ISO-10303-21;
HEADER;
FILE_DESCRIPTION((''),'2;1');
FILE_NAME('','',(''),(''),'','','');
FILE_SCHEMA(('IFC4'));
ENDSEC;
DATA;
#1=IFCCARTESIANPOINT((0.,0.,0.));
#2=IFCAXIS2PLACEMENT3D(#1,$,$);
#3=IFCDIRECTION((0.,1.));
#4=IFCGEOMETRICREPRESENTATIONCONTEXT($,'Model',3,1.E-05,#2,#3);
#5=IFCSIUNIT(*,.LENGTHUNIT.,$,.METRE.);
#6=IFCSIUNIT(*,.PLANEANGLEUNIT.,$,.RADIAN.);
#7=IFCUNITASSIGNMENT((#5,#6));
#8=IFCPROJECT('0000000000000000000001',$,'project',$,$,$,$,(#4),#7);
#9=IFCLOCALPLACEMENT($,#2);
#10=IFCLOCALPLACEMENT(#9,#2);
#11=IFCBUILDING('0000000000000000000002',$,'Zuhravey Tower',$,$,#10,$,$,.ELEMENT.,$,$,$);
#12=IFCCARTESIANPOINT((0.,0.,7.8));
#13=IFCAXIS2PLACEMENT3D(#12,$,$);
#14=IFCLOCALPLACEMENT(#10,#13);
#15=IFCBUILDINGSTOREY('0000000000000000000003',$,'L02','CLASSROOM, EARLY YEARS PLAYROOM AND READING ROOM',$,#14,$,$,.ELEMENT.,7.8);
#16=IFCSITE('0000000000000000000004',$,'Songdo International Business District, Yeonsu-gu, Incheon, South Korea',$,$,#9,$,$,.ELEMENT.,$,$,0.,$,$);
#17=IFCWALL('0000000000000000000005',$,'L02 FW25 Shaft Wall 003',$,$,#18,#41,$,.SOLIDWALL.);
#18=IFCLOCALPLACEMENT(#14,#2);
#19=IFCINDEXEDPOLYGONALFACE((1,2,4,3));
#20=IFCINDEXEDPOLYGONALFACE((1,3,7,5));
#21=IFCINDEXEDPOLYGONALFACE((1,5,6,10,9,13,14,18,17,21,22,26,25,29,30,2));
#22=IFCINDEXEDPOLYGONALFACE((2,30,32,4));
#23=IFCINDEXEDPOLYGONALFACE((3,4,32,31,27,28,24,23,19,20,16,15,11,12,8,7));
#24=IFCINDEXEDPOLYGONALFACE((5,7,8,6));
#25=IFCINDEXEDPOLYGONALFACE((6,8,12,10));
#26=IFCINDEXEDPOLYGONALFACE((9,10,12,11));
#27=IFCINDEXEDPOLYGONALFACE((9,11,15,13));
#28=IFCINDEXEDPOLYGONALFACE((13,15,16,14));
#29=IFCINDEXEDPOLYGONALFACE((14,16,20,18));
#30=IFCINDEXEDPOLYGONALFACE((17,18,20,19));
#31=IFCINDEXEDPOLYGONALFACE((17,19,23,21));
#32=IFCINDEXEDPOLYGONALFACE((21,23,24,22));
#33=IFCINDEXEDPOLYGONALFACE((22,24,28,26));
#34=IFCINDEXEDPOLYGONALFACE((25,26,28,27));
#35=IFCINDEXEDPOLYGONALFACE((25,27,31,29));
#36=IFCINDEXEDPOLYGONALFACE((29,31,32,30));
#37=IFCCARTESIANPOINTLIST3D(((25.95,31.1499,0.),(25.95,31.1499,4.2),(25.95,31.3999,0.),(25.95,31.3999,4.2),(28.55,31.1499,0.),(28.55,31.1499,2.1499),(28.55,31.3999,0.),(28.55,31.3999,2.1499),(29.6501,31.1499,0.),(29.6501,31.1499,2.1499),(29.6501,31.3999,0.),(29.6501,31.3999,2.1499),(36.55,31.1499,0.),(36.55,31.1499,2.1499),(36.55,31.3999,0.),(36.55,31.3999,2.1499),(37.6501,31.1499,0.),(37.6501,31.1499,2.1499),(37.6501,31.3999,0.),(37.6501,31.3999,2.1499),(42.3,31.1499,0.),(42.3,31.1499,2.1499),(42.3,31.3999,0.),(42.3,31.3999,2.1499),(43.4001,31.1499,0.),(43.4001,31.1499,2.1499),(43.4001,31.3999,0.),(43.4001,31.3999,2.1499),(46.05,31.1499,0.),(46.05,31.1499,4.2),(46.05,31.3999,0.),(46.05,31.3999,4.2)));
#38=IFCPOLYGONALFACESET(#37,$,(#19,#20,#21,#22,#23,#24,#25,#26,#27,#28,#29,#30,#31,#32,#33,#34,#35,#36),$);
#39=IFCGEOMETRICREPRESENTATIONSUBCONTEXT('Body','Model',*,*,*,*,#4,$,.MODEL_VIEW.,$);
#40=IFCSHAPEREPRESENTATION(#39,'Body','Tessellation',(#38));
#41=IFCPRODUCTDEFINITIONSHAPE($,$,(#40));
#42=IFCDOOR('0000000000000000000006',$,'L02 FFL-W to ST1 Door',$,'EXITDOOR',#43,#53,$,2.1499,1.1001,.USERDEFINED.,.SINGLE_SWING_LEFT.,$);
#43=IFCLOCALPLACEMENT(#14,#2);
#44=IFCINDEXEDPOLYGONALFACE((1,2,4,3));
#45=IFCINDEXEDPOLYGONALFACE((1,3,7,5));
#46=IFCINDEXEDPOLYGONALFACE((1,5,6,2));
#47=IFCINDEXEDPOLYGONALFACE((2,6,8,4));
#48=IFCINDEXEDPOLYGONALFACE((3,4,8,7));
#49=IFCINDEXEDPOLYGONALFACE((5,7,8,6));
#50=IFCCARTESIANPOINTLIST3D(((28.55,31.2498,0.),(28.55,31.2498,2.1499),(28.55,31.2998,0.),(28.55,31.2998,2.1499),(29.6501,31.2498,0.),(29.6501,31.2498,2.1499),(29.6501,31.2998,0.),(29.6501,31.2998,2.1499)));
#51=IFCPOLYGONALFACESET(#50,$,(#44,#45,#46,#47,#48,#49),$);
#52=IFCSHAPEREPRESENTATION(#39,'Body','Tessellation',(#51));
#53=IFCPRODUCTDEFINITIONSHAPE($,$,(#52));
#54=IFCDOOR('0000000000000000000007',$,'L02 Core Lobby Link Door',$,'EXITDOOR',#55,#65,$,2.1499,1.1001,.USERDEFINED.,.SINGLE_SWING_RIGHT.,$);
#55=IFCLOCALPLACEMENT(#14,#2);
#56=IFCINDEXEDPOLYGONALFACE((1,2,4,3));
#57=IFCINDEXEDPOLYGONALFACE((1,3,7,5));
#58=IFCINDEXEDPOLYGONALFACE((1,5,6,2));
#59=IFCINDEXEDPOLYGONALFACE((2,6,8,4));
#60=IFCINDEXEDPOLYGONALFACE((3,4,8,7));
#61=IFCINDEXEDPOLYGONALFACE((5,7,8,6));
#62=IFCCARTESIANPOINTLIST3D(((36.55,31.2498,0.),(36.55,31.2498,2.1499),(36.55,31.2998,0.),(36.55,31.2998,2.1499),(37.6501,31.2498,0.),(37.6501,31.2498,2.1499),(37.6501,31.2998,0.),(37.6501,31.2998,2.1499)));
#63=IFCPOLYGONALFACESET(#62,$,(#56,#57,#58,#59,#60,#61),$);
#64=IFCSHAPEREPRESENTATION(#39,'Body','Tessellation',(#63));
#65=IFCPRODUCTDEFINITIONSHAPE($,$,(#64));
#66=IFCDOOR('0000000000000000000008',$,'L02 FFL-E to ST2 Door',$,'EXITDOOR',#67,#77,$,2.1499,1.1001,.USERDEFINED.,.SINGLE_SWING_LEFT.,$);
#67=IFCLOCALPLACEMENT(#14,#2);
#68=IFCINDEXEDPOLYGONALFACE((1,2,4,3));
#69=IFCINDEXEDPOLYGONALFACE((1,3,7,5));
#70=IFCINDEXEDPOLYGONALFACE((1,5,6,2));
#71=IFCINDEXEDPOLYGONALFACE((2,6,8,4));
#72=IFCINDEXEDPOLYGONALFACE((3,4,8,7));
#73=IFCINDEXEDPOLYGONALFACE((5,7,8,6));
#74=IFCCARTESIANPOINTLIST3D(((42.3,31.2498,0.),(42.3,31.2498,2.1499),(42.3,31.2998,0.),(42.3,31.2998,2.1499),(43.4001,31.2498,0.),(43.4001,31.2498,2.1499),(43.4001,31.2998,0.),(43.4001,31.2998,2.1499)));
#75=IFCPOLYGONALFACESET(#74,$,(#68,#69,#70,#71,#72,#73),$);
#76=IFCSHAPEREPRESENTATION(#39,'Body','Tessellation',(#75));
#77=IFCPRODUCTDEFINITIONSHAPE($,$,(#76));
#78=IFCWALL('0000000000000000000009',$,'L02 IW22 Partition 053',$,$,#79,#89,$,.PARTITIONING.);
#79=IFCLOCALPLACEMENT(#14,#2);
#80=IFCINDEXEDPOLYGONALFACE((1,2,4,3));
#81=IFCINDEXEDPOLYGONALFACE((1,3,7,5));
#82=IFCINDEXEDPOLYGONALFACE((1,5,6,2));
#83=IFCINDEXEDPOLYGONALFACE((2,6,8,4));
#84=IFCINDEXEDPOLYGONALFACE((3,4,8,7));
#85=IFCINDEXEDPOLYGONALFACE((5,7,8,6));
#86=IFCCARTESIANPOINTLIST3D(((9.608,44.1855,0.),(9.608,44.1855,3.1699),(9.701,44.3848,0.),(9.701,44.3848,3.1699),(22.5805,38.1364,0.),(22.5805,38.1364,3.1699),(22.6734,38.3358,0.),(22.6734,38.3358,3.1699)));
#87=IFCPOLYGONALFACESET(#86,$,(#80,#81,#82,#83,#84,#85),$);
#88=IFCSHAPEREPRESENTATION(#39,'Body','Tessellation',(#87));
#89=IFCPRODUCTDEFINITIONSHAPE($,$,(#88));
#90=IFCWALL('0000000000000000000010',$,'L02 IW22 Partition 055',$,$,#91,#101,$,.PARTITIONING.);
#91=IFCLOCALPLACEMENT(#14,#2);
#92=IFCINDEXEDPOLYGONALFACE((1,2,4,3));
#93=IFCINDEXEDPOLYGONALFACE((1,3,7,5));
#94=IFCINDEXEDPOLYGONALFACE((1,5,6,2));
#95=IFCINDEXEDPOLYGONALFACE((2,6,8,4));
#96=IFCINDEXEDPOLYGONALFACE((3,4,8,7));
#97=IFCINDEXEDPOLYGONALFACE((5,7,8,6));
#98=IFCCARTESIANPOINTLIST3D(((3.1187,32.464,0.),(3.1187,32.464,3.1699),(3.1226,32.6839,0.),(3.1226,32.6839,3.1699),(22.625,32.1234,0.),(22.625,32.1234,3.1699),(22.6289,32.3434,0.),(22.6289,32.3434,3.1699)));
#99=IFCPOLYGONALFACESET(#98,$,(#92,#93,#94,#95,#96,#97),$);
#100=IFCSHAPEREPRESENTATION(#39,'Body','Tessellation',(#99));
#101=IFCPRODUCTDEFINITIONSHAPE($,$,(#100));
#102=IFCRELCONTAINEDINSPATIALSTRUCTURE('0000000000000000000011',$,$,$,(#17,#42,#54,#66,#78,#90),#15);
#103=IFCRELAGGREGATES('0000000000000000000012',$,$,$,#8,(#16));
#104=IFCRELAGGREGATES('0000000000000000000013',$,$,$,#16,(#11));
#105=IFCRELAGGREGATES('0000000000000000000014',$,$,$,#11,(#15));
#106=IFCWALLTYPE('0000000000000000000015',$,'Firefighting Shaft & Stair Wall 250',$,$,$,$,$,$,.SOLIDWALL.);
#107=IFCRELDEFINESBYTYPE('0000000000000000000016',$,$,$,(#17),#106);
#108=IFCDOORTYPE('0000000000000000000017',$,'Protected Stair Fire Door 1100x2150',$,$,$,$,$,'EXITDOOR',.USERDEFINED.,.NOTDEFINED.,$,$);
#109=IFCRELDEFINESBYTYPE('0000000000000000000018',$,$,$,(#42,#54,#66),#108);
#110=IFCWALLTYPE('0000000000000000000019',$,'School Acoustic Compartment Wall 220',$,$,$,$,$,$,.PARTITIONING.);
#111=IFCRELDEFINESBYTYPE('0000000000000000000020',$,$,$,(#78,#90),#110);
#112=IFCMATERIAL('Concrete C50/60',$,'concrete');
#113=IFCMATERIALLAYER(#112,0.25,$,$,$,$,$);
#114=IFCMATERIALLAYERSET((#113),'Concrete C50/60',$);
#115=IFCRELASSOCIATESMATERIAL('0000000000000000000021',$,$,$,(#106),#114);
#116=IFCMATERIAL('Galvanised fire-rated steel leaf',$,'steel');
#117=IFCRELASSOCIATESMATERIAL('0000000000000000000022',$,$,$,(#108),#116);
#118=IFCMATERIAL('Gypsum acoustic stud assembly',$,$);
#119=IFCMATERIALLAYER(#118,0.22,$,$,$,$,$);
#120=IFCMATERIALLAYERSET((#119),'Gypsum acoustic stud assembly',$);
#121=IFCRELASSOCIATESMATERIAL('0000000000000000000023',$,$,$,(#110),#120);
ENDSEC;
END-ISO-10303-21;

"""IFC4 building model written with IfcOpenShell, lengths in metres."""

from ifc_helpers import new_model, si_unit, direction, frame, frame_2d, origin, place, context, subcontext, project, spatial, rectangle, extrude, material, layer, layer_set, type_object, element, fill, save


model = new_model("IFC4")

# Units and contexts
model_context = context("Model", 3, precision=1e-05, world=origin(), true_north=direction((0.0, 1.0)))
body_context = subcontext(model_context, "Body", "Model", "MODEL_VIEW")
ifc_project = project(units=[si_unit("LENGTHUNIT", "METRE"), si_unit("PLANEANGLEUNIT", "RADIAN")], contexts=[model_context])

# Site, building, storey
site_placement = place(None, origin())
site = spatial("IfcSite", under=ifc_project, at=site_placement, Name="Songdo International Business District, Yeonsu-gu, Incheon, South Korea", CompositionType="ELEMENT", RefElevation=0.0)
building_placement = place(site_placement, origin())
building = spatial("IfcBuilding", under=site, at=building_placement, Name="Zuhravey Tower", CompositionType="ELEMENT")
storey_placement = place(building_placement, frame((0.0, 0.0, 7.8)))
storey = spatial("IfcBuildingStorey", under=building, at=storey_placement, Name="L02", Description="CLASSROOM, EARLY YEARS PLAYROOM AND READING ROOM", CompositionType="ELEMENT", Elevation=7.8)

# Wall, openings, doors
ifc_material_1 = material(Name="Concrete C50/60", Category="concrete")
ifc_layer_1 = layer(ifc_material_1, 0.25)
ifc_layer_set_1 = layer_set([ifc_layer_1], Name="Concrete C50/60")
wall_type_1 = type_object("IfcWallType", Name="Firefighting Shaft & Stair Wall 250", PredefinedType="SOLIDWALL", material=ifc_layer_set_1)
wall_1_placement = place(storey_placement, frame((25.95, 31.2749, 0.0), z_axis=(0.0, 0.0, 1.0), x_axis=(1.0, 0.0, 0.0)))
wall_1 = element("IfcWall", 1, at=wall_1_placement, inside=storey, type_object=wall_type_1, Name="L02 FW25 Shaft Wall 003", PredefinedType="SOLIDWALL", context=body_context, shape_type="SweptSolid", body=[
    extrude(rectangle(XDim=20.1001, YDim=0.25, at=frame_2d((10.05, 0.0))), origin(), (0.0, 0.0, 1.0), 4.2),
])
opening_1_placement = place(wall_1_placement, frame((2.6001, 0.0, 0.0)))
opening_1 = element("IfcOpeningElement", 2, at=opening_1_placement, cuts=wall_1, PredefinedType="OPENING", context=body_context, shape_type="SweptSolid", body=[
    extrude(rectangle(XDim=1.1001, YDim=2.1499, at=frame_2d((0.55, 1.075))), frame((0.0, 0.137, 0.0), z_axis=(0.0, -1.0, 0.0), x_axis=(1.0, 0.0, 0.0)), (0.0, 0.0, 1.0), 0.2739),
])
opening_2_placement = place(wall_1_placement, frame((10.6001, 0.0, 0.0)))
opening_2 = element("IfcOpeningElement", 3, at=opening_2_placement, cuts=wall_1, PredefinedType="OPENING", context=body_context, shape_type="SweptSolid", body=[
    extrude(rectangle(XDim=1.1001, YDim=2.1499, at=frame_2d((0.55, 1.075))), frame((0.0, 0.137, 0.0), z_axis=(0.0, -1.0, 0.0), x_axis=(1.0, 0.0, 0.0)), (0.0, 0.0, 1.0), 0.2739),
])
opening_3_placement = place(wall_1_placement, frame((16.3501, 0.0, 0.0)))
opening_3 = element("IfcOpeningElement", 4, at=opening_3_placement, cuts=wall_1, PredefinedType="OPENING", context=body_context, shape_type="SweptSolid", body=[
    extrude(rectangle(XDim=1.1001, YDim=2.1499, at=frame_2d((0.55, 1.075))), frame((0.0, 0.137, 0.0), z_axis=(0.0, -1.0, 0.0), x_axis=(1.0, 0.0, 0.0)), (0.0, 0.0, 1.0), 0.2739),
])
ifc_material_2 = material(Name="Galvanised fire-rated steel leaf", Category="steel")
door_type_1 = type_object("IfcDoorType", Name="Protected Stair Fire Door 1100x2150", ElementType="EXITDOOR", OperationType="NOTDEFINED", PredefinedType="USERDEFINED", material=ifc_material_2)
door_1_placement = place(opening_1_placement, origin())
door_1 = element("IfcDoor", 5, at=door_1_placement, inside=storey, type_object=door_type_1, Name="L02 FFL-W to ST1 Door", ObjectType="EXITDOOR", OperationType="SINGLE_SWING_LEFT", OverallHeight=2.1499, OverallWidth=1.1001, PredefinedType="USERDEFINED", context=body_context, shape_type="SweptSolid", body=[
    extrude(rectangle(XDim=1.1001, YDim=2.1499, at=frame_2d((0.55, 1.075))), frame((0.0, 0.0249, 0.0), z_axis=(0.0, -1.0, 0.0), x_axis=(1.0, 0.0, 0.0)), (0.0, 0.0, 1.0), 0.05),
])
fill(opening_1, door_1)
door_2_placement = place(opening_2_placement, origin())
door_2 = element("IfcDoor", 6, at=door_2_placement, inside=storey, type_object=door_type_1, Name="L02 Core Lobby Link Door", ObjectType="EXITDOOR", OperationType="SINGLE_SWING_RIGHT", OverallHeight=2.1499, OverallWidth=1.1001, PredefinedType="USERDEFINED", context=body_context, shape_type="SweptSolid", body=[
    extrude(rectangle(XDim=1.1001, YDim=2.1499, at=frame_2d((0.55, 1.075))), frame((0.0, 0.0249, 0.0), z_axis=(0.0, -1.0, 0.0), x_axis=(1.0, 0.0, 0.0)), (0.0, 0.0, 1.0), 0.05),
])
fill(opening_2, door_2)
door_3_placement = place(opening_3_placement, origin())
door_3 = element("IfcDoor", 7, at=door_3_placement, inside=storey, type_object=door_type_1, Name="L02 FFL-E to ST2 Door", ObjectType="EXITDOOR", OperationType="SINGLE_SWING_LEFT", OverallHeight=2.1499, OverallWidth=1.1001, PredefinedType="USERDEFINED", context=body_context, shape_type="SweptSolid", body=[
    extrude(rectangle(XDim=1.1001, YDim=2.1499, at=frame_2d((0.55, 1.075))), frame((0.0, 0.0249, 0.0), z_axis=(0.0, -1.0, 0.0), x_axis=(1.0, 0.0, 0.0)), (0.0, 0.0, 1.0), 0.05),
])
fill(opening_3, door_3)

# Walls
ifc_material_3 = material(Name="Gypsum acoustic stud assembly")
ifc_layer_2 = layer(ifc_material_3, 0.22)
ifc_layer_set_2 = layer_set([ifc_layer_2], Name="Gypsum acoustic stud assembly")
wall_type_2 = type_object("IfcWallType", Name="School Acoustic Compartment Wall 220", PredefinedType="PARTITIONING", material=ifc_layer_set_2)
wall_2_placement = place(storey_placement, frame((22.627, 38.2361, 0.0), z_axis=(0.0, 0.0, 1.0), x_axis=(-0.906309, 0.422615, 0.0)))
element("IfcWall", 8, at=wall_2_placement, inside=storey, type_object=wall_type_2, Name="L02 IW22 Partition 053", PredefinedType="PARTITIONING", context=body_context, shape_type="SweptSolid", body=[
    extrude(rectangle(XDim=14.3135, YDim=0.22, at=frame_2d((7.1567, 0.0))), origin(), (0.0, 0.0, 1.0), 3.1699),
])
wall_3_placement = place(storey_placement, frame((22.627, 32.2334, 0.0), z_axis=(0.0, 0.0, 1.0), x_axis=(-0.999848, 0.017457, 0.0)))
element("IfcWall", 9, at=wall_3_placement, inside=storey, type_object=wall_type_2, Name="L02 IW22 Partition 055", PredefinedType="PARTITIONING", context=body_context, shape_type="SweptSolid", body=[
    extrude(rectangle(XDim=19.5093, YDim=0.22, at=frame_2d((9.7546, 0.0))), origin(), (0.0, 0.0, 1.0), 3.1699),
])

save(model, "model.ifc")
